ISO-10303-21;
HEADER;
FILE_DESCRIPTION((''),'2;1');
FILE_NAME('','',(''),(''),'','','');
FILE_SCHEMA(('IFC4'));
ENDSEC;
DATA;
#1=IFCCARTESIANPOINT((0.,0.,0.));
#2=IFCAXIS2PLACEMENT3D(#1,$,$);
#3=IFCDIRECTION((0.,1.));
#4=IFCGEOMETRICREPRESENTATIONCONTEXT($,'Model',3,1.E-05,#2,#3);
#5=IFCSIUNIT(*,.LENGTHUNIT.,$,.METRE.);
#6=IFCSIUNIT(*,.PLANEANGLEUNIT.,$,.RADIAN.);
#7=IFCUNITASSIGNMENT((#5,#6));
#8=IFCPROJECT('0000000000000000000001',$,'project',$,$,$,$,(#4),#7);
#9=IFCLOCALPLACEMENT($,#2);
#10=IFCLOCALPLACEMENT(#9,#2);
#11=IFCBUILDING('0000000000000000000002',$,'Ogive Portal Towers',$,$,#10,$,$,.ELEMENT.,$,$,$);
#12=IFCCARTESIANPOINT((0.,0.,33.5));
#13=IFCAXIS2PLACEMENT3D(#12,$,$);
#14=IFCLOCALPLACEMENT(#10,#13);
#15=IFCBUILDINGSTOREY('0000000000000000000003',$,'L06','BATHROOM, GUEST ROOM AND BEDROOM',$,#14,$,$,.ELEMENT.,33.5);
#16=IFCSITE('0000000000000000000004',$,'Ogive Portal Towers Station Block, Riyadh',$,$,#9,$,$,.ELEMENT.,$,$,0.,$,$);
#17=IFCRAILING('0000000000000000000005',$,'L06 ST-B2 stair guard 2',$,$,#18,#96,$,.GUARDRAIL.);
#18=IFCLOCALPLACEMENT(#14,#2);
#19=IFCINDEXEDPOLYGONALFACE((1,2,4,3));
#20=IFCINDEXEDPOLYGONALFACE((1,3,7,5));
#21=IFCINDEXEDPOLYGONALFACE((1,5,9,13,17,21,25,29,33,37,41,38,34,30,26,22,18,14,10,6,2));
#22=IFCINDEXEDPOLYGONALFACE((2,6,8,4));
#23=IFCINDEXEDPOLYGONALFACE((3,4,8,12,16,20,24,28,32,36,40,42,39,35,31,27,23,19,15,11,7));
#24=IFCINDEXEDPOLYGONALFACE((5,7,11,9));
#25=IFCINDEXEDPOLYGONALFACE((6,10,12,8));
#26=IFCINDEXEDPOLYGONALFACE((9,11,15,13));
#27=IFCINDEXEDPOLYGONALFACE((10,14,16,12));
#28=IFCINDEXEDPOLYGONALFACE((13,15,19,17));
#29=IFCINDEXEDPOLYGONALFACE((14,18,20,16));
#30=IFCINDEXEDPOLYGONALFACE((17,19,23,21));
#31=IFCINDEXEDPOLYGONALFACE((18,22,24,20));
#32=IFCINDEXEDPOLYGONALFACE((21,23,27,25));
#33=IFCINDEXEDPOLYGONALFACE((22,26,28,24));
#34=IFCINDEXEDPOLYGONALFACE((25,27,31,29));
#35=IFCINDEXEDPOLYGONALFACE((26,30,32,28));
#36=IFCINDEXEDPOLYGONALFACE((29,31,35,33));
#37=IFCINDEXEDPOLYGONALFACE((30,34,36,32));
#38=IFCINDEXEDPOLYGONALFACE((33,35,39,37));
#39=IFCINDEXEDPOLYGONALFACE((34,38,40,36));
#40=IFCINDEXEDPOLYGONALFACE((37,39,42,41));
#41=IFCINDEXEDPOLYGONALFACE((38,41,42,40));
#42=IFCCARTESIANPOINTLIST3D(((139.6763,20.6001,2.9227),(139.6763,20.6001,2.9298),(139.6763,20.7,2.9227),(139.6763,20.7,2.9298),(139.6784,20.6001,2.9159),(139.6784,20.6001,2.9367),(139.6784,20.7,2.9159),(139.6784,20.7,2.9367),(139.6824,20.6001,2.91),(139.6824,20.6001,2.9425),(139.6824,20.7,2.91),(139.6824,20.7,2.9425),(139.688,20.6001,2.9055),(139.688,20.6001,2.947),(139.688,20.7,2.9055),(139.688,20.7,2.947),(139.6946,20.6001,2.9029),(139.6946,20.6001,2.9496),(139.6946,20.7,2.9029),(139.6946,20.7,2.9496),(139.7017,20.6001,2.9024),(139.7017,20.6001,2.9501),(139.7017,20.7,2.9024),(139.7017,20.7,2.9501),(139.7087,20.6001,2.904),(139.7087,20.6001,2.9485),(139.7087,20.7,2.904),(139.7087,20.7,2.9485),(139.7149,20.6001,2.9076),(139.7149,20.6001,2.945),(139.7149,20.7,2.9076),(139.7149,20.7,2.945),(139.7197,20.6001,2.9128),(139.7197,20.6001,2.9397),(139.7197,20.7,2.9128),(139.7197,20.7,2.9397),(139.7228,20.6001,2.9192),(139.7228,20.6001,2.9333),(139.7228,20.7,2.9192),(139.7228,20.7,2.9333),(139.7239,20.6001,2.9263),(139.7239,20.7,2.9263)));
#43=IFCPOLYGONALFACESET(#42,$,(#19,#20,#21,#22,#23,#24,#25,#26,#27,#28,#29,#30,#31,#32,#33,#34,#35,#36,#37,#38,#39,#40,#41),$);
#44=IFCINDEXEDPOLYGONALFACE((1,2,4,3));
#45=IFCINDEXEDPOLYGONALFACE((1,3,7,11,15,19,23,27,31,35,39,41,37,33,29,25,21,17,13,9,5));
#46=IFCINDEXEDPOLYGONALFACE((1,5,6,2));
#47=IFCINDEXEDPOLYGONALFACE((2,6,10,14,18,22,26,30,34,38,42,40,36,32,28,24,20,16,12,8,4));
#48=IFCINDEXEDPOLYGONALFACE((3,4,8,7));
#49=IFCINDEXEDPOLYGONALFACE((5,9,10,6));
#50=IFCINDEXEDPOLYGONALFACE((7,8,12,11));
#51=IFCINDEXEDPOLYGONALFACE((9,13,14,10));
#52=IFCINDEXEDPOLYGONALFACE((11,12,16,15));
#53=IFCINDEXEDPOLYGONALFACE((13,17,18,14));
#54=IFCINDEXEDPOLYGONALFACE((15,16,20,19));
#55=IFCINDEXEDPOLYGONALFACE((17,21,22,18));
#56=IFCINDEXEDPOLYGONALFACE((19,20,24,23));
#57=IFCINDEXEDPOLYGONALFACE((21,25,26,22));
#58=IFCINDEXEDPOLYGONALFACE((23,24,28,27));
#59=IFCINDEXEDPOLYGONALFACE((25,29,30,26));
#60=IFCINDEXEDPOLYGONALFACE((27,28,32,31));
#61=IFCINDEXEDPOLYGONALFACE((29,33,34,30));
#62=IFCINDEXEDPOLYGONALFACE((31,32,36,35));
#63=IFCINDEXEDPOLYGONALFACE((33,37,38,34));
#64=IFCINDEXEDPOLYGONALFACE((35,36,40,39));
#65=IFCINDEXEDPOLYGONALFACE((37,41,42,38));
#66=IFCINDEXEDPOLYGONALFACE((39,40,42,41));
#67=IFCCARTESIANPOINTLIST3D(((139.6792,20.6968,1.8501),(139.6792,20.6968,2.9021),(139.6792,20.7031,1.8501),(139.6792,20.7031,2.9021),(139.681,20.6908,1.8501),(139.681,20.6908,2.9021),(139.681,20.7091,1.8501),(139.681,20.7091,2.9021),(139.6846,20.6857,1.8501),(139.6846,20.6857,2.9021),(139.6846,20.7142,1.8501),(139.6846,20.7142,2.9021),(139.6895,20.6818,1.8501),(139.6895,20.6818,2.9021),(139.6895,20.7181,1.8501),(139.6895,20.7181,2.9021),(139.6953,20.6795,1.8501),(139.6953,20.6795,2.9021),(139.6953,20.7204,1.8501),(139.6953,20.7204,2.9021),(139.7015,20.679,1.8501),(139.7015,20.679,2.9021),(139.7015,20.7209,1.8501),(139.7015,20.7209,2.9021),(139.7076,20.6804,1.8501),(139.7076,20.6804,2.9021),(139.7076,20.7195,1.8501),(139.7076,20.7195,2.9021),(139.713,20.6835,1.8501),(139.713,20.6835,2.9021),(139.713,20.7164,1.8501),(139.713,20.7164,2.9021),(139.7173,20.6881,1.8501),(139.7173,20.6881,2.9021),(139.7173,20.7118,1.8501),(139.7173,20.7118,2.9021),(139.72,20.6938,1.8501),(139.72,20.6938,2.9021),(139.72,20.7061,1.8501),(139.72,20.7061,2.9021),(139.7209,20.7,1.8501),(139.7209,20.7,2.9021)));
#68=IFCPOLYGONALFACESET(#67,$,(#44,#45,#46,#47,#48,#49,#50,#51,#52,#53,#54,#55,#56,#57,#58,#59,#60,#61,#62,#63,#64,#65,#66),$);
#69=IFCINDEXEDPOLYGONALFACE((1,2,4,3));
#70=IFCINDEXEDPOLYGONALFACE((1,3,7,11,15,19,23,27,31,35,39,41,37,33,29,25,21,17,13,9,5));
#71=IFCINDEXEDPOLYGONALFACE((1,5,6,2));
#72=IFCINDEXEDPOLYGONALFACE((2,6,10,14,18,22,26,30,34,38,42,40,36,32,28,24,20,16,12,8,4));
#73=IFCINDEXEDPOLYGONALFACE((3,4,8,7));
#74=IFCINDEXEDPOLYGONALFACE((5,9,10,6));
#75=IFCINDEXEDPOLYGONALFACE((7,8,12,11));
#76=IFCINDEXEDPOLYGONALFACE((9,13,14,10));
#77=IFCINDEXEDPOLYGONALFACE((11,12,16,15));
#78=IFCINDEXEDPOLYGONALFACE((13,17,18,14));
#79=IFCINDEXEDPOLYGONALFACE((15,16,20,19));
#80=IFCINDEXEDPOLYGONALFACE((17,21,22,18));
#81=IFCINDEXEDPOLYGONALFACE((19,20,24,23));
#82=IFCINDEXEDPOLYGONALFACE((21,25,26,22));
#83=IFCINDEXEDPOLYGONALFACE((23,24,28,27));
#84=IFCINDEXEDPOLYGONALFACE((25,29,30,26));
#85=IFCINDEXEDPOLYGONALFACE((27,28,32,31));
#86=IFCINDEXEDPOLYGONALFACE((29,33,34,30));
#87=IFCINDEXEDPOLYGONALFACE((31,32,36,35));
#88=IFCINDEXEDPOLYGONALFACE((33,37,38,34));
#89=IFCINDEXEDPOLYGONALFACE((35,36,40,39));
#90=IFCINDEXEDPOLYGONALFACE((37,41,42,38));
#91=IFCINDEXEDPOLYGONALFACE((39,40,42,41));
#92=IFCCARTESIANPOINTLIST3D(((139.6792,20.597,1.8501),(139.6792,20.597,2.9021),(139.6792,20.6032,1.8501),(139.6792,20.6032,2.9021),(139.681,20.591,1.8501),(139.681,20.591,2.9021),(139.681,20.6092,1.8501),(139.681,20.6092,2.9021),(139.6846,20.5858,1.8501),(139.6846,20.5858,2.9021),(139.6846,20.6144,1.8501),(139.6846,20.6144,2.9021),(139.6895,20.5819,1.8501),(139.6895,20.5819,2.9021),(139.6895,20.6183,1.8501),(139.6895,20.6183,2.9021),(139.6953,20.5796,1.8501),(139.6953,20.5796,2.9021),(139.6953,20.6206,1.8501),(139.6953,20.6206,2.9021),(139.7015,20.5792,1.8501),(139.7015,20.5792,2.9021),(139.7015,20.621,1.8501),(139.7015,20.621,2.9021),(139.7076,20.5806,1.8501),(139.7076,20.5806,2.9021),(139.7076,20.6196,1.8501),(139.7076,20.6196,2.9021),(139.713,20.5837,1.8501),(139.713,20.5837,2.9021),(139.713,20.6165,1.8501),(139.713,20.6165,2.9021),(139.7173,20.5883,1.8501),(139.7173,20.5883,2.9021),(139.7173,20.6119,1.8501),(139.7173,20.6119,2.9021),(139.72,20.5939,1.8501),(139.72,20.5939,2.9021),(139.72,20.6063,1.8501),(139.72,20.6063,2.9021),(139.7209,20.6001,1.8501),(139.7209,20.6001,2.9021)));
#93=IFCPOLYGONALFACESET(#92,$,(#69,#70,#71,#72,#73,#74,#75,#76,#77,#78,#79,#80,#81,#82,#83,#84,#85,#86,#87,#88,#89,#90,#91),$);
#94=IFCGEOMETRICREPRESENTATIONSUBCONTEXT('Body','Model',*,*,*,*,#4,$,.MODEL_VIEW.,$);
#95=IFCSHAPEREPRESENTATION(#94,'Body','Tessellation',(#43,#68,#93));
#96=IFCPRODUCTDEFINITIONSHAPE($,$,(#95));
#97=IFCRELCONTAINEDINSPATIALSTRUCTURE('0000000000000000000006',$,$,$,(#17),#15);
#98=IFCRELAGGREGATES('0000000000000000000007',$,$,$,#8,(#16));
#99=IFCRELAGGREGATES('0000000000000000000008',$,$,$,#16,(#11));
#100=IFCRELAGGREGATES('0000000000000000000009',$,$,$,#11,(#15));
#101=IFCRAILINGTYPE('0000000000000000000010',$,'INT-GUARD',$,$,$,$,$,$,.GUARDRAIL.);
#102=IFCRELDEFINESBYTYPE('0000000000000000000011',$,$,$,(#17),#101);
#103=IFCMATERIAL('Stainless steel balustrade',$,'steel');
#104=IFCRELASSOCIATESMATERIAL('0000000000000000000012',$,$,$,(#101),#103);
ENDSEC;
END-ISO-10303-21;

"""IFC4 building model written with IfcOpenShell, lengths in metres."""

from ifc_helpers import new_model, si_unit, direction, frame, origin, origin_2d, place, context, subcontext, project, spatial, circle, extrude, material, type_object, element, save


model = new_model("IFC4")

# Units and contexts
model_context = context("Model", 3, precision=1e-05, world=origin(), true_north=direction((0.0, 1.0)))
body_context = subcontext(model_context, "Body", "Model", "MODEL_VIEW")
ifc_project = project(units=[si_unit("LENGTHUNIT", "METRE"), si_unit("PLANEANGLEUNIT", "RADIAN")], contexts=[model_context])

# Site, building, storey
site_placement = place(None, origin())
site = spatial("IfcSite", under=ifc_project, at=site_placement, Name="Ogive Portal Towers Station Block, Riyadh", CompositionType="ELEMENT", RefElevation=0.0)
building_placement = place(site_placement, origin())
building = spatial("IfcBuilding", under=site, at=building_placement, Name="Ogive Portal Towers", CompositionType="ELEMENT")
storey_placement = place(building_placement, frame((0.0, 0.0, 33.5)))
storey = spatial("IfcBuildingStorey", under=building, at=storey_placement, Name="L06", Description="BATHROOM, GUEST ROOM AND BEDROOM", CompositionType="ELEMENT", Elevation=33.5)

# Railing
ifc_material_1 = material(Name="Stainless steel balustrade", Category="steel")
railing_type_1 = type_object("IfcRailingType", Name="INT-GUARD", PredefinedType="GUARDRAIL", material=ifc_material_1)
railing_1_placement = place(storey_placement, frame((139.7, 20.7, 1.8501)))
element("IfcRailing", 1, at=railing_1_placement, inside=storey, type_object=railing_type_1, Name="L06 ST-B2 stair guard 2", PredefinedType="GUARDRAIL", context=body_context, shape_type="SweptSolid", body=[
    extrude(circle(Radius=0.0239, at=origin_2d()), frame((0.0, 0.0, 1.0762), z_axis=(0.0, -1.0, 0.0), x_axis=(1.0, 0.0, 0.0)), (0.0, 0.0, 1.0), 0.0999),
    extrude(circle(Radius=0.021, at=origin_2d()), origin(), (0.0, 0.0, 1.0), 1.052),
    extrude(circle(Radius=0.021, at=origin_2d()), frame((0.0, -0.0999, 0.0)), (0.0, 0.0, 1.0), 1.052),
])

save(model, "model.ifc")
